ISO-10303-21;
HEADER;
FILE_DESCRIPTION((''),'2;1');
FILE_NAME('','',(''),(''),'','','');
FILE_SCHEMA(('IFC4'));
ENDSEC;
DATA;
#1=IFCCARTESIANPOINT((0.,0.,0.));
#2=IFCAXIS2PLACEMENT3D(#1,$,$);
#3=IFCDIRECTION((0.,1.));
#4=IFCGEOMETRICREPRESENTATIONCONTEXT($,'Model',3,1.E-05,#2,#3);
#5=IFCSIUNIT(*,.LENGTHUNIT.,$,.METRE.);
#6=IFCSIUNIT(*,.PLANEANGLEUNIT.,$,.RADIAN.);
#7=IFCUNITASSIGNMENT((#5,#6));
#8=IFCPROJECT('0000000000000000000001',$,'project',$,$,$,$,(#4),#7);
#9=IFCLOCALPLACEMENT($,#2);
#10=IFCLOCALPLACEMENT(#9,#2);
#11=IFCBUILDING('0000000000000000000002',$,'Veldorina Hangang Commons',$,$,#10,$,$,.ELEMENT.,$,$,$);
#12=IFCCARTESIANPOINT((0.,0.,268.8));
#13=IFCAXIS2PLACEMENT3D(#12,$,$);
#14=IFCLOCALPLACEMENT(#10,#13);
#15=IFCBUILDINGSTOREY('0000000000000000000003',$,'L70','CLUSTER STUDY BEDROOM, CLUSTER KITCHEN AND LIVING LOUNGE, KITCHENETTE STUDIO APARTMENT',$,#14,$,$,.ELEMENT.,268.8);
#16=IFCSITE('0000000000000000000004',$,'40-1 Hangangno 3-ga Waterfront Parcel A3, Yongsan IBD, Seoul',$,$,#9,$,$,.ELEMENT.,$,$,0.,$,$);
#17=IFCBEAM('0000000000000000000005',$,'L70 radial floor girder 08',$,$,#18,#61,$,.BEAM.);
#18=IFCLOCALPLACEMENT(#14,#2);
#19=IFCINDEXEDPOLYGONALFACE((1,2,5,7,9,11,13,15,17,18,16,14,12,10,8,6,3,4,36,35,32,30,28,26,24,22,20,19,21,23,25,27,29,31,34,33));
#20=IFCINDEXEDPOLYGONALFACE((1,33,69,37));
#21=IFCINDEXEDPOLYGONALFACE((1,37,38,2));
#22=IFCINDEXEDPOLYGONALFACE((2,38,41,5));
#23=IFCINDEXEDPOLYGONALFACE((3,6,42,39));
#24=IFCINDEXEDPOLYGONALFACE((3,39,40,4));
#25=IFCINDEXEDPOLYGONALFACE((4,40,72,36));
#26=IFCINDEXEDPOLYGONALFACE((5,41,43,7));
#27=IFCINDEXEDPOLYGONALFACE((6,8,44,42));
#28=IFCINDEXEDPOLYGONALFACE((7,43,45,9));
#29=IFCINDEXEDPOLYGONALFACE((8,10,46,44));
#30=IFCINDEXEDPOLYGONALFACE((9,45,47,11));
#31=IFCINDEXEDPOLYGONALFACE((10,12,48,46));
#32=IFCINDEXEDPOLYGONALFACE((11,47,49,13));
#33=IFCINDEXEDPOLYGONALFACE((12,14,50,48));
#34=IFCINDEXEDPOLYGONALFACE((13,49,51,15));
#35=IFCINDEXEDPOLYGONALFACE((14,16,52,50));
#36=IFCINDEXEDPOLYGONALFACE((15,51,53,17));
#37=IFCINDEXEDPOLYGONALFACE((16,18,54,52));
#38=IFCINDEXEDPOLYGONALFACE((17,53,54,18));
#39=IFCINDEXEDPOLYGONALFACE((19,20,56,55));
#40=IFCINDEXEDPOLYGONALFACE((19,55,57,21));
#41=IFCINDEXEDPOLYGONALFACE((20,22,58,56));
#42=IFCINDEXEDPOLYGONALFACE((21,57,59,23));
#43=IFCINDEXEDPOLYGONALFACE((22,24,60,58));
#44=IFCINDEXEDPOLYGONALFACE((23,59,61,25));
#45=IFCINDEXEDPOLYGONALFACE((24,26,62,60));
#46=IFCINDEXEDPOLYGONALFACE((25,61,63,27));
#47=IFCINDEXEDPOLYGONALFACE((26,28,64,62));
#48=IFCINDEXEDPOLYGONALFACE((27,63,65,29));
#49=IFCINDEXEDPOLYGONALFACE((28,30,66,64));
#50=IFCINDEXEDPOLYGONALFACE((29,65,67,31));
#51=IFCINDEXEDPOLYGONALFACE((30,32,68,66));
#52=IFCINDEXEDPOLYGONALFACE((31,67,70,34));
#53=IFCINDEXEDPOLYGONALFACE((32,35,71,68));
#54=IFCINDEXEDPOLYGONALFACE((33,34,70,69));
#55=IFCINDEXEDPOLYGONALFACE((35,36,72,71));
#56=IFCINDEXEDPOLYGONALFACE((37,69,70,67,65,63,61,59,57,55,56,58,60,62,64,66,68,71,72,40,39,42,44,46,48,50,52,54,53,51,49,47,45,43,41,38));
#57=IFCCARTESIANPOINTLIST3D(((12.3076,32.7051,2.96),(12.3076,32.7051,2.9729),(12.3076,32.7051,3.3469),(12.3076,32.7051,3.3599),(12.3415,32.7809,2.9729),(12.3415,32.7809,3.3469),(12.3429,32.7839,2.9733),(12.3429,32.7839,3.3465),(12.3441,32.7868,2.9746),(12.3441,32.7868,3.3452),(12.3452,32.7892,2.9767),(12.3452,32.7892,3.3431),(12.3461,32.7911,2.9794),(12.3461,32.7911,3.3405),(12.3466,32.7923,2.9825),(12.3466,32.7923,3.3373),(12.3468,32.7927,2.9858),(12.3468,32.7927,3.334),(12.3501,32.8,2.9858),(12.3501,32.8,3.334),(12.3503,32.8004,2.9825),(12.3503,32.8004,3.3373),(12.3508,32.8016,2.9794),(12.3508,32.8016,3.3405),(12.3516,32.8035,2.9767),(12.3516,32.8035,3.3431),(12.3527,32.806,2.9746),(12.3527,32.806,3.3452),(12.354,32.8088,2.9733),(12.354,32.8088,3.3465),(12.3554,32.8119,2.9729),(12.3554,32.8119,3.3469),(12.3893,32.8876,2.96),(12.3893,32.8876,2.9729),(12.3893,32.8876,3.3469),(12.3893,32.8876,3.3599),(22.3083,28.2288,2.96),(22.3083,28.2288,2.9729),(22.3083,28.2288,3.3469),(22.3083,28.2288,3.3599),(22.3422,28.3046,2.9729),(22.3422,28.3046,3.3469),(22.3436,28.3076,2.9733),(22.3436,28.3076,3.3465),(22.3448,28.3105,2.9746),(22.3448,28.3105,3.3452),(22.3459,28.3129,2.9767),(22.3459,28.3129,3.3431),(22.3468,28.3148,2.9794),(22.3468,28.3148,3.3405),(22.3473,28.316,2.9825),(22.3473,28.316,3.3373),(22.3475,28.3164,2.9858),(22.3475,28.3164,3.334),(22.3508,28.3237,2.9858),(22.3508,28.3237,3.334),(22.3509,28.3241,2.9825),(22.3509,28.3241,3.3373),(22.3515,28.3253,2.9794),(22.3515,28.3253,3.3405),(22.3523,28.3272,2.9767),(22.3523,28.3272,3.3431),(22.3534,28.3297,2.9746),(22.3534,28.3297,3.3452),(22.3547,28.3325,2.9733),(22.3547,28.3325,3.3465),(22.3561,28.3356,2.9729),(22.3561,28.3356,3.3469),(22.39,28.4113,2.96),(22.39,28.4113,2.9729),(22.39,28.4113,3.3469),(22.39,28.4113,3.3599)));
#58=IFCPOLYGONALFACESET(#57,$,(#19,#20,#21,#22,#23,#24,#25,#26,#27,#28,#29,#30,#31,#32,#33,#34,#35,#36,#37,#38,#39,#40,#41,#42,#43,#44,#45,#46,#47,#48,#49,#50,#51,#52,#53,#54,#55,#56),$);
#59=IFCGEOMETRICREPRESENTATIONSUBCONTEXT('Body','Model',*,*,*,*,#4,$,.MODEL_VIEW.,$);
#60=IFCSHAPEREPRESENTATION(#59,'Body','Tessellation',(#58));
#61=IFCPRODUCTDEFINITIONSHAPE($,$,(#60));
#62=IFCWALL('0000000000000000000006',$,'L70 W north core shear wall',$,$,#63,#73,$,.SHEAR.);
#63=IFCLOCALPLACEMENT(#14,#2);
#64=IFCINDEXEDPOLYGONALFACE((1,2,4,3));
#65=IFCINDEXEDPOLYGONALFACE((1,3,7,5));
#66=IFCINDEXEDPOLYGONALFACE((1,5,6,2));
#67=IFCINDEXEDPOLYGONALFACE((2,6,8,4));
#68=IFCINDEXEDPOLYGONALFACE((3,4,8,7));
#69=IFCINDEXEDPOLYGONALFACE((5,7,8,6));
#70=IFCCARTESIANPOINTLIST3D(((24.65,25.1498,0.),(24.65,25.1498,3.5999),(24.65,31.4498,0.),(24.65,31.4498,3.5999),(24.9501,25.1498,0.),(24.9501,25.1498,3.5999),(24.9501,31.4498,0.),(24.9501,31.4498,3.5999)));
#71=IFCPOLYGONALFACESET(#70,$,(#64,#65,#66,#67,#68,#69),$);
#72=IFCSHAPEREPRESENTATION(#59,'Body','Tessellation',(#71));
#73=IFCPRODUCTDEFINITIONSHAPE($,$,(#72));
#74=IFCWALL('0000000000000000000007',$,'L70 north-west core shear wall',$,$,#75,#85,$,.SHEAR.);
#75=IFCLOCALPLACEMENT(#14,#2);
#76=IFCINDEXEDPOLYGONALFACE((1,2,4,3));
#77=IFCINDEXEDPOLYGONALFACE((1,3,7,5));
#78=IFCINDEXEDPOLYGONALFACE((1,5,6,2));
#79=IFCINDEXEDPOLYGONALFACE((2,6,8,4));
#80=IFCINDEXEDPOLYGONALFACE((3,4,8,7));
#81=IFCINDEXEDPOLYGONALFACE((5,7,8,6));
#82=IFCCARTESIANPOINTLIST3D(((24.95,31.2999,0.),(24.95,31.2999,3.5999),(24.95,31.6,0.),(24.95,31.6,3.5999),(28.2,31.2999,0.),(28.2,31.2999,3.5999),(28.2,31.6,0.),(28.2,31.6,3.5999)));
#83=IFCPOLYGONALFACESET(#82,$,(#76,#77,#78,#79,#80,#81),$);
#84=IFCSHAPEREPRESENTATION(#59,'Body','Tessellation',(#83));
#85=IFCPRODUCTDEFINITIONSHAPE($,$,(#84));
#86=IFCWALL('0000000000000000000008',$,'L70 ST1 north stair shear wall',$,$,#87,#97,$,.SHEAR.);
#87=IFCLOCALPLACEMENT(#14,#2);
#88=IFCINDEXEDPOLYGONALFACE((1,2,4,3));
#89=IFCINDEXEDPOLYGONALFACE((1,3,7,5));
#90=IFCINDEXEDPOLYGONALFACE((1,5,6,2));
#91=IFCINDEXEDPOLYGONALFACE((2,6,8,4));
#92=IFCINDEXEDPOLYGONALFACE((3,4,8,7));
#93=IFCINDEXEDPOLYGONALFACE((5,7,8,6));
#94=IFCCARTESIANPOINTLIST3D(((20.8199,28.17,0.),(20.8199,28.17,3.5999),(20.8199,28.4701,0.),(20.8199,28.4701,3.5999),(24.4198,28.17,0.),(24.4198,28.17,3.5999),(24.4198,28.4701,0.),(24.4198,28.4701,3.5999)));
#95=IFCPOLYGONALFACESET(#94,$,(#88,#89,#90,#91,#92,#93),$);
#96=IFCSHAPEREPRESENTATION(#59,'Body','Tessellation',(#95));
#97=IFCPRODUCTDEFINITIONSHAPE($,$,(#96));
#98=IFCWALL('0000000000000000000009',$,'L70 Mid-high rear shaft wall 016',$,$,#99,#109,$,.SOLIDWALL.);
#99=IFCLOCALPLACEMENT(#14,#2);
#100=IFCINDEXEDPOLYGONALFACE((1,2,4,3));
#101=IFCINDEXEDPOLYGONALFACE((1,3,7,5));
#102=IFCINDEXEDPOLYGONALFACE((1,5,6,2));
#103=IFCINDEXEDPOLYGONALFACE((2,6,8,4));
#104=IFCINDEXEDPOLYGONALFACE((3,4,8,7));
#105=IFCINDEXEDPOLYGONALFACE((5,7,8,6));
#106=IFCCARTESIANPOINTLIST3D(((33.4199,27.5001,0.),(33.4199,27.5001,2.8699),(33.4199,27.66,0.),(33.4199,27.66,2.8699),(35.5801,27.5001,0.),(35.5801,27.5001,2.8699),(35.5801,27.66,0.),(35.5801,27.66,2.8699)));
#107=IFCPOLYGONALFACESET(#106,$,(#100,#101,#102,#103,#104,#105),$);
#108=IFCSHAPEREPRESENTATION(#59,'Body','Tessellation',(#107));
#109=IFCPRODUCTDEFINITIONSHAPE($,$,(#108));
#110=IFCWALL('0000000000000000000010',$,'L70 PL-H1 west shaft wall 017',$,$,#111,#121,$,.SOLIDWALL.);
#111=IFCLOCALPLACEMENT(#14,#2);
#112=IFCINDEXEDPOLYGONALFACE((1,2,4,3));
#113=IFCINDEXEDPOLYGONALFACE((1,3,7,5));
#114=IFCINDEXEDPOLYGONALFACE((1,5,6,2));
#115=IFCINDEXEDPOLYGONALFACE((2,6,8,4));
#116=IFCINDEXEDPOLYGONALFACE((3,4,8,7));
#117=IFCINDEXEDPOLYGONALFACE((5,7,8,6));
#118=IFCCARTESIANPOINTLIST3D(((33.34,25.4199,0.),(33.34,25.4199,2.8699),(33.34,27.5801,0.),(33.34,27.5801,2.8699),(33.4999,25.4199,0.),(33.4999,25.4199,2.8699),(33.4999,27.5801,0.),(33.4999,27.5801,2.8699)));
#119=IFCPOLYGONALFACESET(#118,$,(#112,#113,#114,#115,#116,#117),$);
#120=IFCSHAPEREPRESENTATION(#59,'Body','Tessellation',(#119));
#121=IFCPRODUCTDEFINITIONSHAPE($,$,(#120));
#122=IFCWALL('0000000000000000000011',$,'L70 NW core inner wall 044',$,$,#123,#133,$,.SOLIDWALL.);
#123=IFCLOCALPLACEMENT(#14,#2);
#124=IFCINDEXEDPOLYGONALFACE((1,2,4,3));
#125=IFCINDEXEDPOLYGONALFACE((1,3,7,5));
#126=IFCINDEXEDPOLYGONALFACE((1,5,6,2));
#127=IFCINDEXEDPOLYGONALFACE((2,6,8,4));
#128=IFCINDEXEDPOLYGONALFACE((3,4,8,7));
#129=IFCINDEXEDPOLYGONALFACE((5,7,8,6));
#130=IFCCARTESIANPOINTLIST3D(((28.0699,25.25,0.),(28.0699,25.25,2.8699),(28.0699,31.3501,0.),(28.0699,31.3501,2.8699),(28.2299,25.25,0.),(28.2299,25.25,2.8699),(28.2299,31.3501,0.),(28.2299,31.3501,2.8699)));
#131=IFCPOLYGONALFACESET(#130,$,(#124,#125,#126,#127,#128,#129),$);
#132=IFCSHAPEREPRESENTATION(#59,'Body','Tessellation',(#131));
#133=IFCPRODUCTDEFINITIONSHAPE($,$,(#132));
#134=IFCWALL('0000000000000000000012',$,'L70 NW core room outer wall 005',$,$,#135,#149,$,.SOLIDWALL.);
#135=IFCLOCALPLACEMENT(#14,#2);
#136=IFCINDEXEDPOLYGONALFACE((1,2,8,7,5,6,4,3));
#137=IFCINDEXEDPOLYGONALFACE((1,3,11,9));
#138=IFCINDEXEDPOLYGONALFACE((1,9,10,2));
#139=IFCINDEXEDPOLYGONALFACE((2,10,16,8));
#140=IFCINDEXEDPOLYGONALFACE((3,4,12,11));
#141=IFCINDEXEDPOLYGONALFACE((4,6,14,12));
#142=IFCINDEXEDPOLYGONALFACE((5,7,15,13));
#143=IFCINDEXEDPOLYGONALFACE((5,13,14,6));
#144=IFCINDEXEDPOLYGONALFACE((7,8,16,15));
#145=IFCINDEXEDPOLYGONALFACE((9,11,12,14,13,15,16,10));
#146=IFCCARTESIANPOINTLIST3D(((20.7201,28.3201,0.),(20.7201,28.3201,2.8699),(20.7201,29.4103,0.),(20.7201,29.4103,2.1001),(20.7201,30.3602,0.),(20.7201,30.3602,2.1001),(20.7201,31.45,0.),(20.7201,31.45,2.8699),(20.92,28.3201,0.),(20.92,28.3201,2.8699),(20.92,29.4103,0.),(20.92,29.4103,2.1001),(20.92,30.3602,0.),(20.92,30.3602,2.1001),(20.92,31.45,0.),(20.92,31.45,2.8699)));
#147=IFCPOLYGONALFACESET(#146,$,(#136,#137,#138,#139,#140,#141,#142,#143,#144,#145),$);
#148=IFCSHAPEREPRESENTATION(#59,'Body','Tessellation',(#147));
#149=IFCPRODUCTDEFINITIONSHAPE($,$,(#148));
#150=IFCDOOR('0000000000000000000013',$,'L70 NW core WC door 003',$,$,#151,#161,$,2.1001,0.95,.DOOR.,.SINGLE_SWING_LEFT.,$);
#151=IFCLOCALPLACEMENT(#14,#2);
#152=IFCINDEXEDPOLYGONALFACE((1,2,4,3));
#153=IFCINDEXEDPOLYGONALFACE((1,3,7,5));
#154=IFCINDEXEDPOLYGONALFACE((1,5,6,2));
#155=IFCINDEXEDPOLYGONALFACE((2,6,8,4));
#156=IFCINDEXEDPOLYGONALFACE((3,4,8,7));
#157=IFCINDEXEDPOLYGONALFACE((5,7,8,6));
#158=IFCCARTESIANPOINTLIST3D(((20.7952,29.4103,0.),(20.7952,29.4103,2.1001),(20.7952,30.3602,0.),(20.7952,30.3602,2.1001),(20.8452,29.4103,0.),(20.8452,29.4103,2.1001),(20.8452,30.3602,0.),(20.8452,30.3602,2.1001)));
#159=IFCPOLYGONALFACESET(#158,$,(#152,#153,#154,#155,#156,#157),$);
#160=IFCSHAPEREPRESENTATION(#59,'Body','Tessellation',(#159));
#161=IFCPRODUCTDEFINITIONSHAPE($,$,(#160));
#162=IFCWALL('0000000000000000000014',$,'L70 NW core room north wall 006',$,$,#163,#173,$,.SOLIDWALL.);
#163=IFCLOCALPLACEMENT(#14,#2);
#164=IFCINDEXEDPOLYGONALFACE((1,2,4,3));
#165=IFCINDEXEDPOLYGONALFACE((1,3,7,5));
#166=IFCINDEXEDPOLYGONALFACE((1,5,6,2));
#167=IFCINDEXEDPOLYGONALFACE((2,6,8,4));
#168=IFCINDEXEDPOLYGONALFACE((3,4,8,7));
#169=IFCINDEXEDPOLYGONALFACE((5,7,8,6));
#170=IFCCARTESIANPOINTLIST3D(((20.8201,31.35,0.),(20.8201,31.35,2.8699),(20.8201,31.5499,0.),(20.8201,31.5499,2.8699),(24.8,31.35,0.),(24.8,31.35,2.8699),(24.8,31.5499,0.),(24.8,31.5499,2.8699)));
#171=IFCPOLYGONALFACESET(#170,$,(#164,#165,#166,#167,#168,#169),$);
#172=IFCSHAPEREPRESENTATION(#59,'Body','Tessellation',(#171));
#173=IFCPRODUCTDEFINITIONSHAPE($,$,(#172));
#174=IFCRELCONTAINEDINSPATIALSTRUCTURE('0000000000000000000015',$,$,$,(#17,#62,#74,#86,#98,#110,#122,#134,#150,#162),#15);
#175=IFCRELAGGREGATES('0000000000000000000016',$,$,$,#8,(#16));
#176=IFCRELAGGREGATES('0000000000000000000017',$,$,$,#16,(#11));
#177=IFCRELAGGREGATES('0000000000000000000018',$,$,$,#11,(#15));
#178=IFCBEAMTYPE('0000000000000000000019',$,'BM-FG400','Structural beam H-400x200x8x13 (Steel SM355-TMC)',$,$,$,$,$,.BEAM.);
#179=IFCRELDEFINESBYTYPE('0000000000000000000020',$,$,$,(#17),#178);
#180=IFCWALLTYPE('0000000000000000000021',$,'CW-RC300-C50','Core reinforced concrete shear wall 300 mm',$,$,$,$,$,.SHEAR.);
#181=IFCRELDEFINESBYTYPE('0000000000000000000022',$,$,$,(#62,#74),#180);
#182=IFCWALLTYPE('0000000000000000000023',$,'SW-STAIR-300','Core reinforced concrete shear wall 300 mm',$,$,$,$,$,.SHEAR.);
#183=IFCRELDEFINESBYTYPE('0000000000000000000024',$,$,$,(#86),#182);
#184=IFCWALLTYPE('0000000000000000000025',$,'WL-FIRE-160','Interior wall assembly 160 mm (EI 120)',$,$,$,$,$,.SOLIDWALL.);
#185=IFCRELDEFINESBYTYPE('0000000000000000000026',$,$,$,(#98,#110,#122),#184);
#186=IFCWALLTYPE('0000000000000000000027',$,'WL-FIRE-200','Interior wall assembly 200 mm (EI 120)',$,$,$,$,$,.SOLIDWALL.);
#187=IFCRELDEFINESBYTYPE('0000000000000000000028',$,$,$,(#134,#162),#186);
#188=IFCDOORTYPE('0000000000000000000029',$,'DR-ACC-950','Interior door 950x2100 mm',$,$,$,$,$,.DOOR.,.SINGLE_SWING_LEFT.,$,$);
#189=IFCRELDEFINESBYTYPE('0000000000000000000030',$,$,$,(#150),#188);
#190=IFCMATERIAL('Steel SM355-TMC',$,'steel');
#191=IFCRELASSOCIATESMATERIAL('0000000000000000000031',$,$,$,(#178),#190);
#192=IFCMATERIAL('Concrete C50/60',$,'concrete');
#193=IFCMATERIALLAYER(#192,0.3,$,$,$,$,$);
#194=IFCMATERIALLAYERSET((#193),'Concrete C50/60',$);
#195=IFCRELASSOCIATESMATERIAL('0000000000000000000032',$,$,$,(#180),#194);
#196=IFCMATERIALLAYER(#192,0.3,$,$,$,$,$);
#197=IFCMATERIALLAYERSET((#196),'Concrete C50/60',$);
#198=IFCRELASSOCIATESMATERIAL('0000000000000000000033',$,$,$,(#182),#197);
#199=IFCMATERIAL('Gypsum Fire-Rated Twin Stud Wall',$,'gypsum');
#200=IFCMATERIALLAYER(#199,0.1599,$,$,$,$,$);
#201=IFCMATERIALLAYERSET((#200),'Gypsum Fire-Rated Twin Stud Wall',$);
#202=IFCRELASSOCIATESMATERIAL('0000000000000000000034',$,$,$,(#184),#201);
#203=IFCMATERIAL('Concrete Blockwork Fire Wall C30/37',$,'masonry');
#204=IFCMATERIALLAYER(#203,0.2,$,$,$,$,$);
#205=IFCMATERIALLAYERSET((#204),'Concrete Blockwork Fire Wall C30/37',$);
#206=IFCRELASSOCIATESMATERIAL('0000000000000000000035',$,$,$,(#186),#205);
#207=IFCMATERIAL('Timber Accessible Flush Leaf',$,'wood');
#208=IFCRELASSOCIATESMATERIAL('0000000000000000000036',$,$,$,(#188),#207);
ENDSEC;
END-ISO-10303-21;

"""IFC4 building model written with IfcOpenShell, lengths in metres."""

from ifc_helpers import new_model, si_unit, direction, frame, frame_2d, origin, origin_2d, place, context, subcontext, project, spatial, rectangle, i_section, extrude, material, layer, layer_set, material_profile, profile_set, type_object, element, fill, save


model = new_model("IFC4")

# Units and contexts
model_context = context("Model", 3, precision=1e-05, world=origin(), true_north=direction((0.0, 1.0)))
body_context = subcontext(model_context, "Body", "Model", "MODEL_VIEW")
ifc_project = project(units=[si_unit("LENGTHUNIT", "METRE"), si_unit("PLANEANGLEUNIT", "RADIAN")], contexts=[model_context])

# Site, building, storey
site_placement = place(None, origin())
site = spatial("IfcSite", under=ifc_project, at=site_placement, Name="40-1 Hangangno 3-ga Waterfront Parcel A3, Yongsan IBD, Seoul", CompositionType="ELEMENT", RefElevation=0.0)
building_placement = place(site_placement, origin())
building = spatial("IfcBuilding", under=site, at=building_placement, Name="Veldorina Hangang Commons", CompositionType="ELEMENT")
storey_placement = place(building_placement, frame((0.0, 0.0, 268.8)))
storey = spatial("IfcBuildingStorey", under=building, at=storey_placement, Name="L70", Description="CLUSTER STUDY BEDROOM, CLUSTER KITCHEN AND LIVING LOUNGE, KITCHENETTE STUDIO APARTMENT", CompositionType="ELEMENT", Elevation=268.8)

# Beam
ifc_material_1 = material(Name="Concrete C50/60", Category="concrete")
ifc_material_2 = material(Name="Steel SM355-TMC", Category="steel")
ifc_material_profile_1 = material_profile(ifc_material_2, i_section(OverallWidth=0.2, OverallDepth=0.3999, WebThickness=0.0081, FlangeThickness=0.0129, FilletRadius=0.0129, at=origin_2d()), Name="H-400x200x8x13")
ifc_profile_set_1 = profile_set([ifc_material_profile_1], Name="Steel SM355-TMC")
beam_type_1 = type_object("IfcBeamType", Name="BM-FG400", Description="Structural beam H-400x200x8x13 (Steel SM355-TMC)", PredefinedType="BEAM", material=ifc_profile_set_1)
beam_1_placement = place(storey_placement, frame((22.3491, 28.3201, 3.1599), z_axis=(-0.91274, 0.408541, 0.0), x_axis=(-0.408541, -0.91274, 0.0)))
element("IfcBeam", 1, at=beam_1_placement, inside=storey, type_object=beam_type_1, Name="L70 radial floor girder 08", PredefinedType="BEAM", context=body_context, shape_type="SweptSolid", body=[
    extrude(i_section(OverallWidth=0.2, OverallDepth=0.3999, WebThickness=0.0081, FlangeThickness=0.0129, FilletRadius=0.0129, at=origin_2d()), origin(), (0.0, 0.0, 1.0), 10.9568),
])

# Walls
ifc_layer_1 = layer(ifc_material_1, 0.3)
ifc_layer_set_1 = layer_set([ifc_layer_1], Name="Concrete C50/60")
wall_type_1 = type_object("IfcWallType", Name="CW-RC300-C50", Description="Core reinforced concrete shear wall 300 mm", PredefinedType="SHEAR", material=ifc_layer_set_1)
wall_1_placement = place(storey_placement, frame((24.8, 25.1499, 0.0), z_axis=(0.0, 0.0, 1.0), x_axis=(0.0, 1.0, 0.0)))
element("IfcWall", 2, at=wall_1_placement, inside=storey, type_object=wall_type_1, Name="L70 W north core shear wall", PredefinedType="SHEAR", context=body_context, shape_type="SweptSolid", body=[
    extrude(rectangle(XDim=6.3, YDim=0.3, at=frame_2d((3.1499, 0.0))), origin(), (0.0, 0.0, 1.0), 3.5999),
])
wall_2_placement = place(storey_placement, frame((24.95, 31.45, 0.0), z_axis=(0.0, 0.0, 1.0), x_axis=(1.0, 0.0, 0.0)))
element("IfcWall", 3, at=wall_2_placement, inside=storey, type_object=wall_type_1, Name="L70 north-west core shear wall", PredefinedType="SHEAR", context=body_context, shape_type="SweptSolid", body=[
    extrude(rectangle(XDim=3.25, YDim=0.3, at=frame_2d((1.625, 0.0))), origin(), (0.0, 0.0, 1.0), 3.5999),
])
ifc_layer_2 = layer(ifc_material_1, 0.3)
ifc_layer_set_2 = layer_set([ifc_layer_2], Name="Concrete C50/60")
wall_type_2 = type_object("IfcWallType", Name="SW-STAIR-300", Description="Core reinforced concrete shear wall 300 mm", PredefinedType="SHEAR", material=ifc_layer_set_2)
wall_3_placement = place(storey_placement, frame((20.8201, 28.3201, 0.0), z_axis=(0.0, 0.0, 1.0), x_axis=(1.0, 0.0, 0.0)))
element("IfcWall", 4, at=wall_3_placement, inside=storey, type_object=wall_type_2, Name="L70 ST1 north stair shear wall", PredefinedType="SHEAR", context=body_context, shape_type="SweptSolid", body=[
    extrude(rectangle(XDim=3.5999, YDim=0.3, at=frame_2d((1.7998, 0.0))), origin(), (0.0, 0.0, 1.0), 3.5999),
])

# Shared definitions
ifc_material_3 = material(Name="Gypsum Fire-Rated Twin Stud Wall", Category="gypsum")
ifc_layer_3 = layer(ifc_material_3, 0.1599)
ifc_layer_set_3 = layer_set([ifc_layer_3], Name="Gypsum Fire-Rated Twin Stud Wall")
wall_type_3 = type_object("IfcWallType", Name="WL-FIRE-160", Description="Interior wall assembly 160 mm (EI 120)", PredefinedType="SOLIDWALL", material=ifc_layer_set_3)

# Walls
for number, where, z_axis, x_axis, name in (
    (5, (33.4199, 27.5801, 0.0), (0.0, 0.0, 1.0), (1.0, 0.0, 0.0), "L70 Mid-high rear shaft wall 016"),
    (6, (33.4199, 25.4199, 0.0), (0.0, 0.0, 1.0), (0.0, 1.0, 0.0), "L70 PL-H1 west shaft wall 017"),
):
    element("IfcWall", number, at=place(storey_placement, frame(where, z_axis=z_axis, x_axis=x_axis)), inside=storey, type_object=wall_type_3, Name=name, PredefinedType="SOLIDWALL", context=body_context, shape_type="SweptSolid", body=[
        extrude(rectangle(XDim=2.1602, YDim=0.1599, at=frame_2d((1.0801, 0.0))), origin(), (0.0, 0.0, 1.0), 2.8699),
    ])
wall_4_placement = place(storey_placement, frame((28.1499, 25.25, 0.0), z_axis=(0.0, 0.0, 1.0), x_axis=(0.0, 1.0, 0.0)))
element("IfcWall", 7, at=wall_4_placement, inside=storey, type_object=wall_type_3, Name="L70 NW core inner wall 044", PredefinedType="SOLIDWALL", context=body_context, shape_type="SweptSolid", body=[
    extrude(rectangle(XDim=6.1001, YDim=0.1599, at=frame_2d((3.05, 0.0))), origin(), (0.0, 0.0, 1.0), 2.8699),
])

# Wall, opening, door
ifc_material_4 = material(Name="Concrete Blockwork Fire Wall C30/37", Category="masonry")
ifc_layer_4 = layer(ifc_material_4, 0.2)
ifc_layer_set_4 = layer_set([ifc_layer_4], Name="Concrete Blockwork Fire Wall C30/37")
wall_type_4 = type_object("IfcWallType", Name="WL-FIRE-200", Description="Interior wall assembly 200 mm (EI 120)", PredefinedType="SOLIDWALL", material=ifc_layer_set_4)
wall_5_placement = place(storey_placement, frame((20.8201, 28.3201, 0.0), z_axis=(0.0, 0.0, 1.0), x_axis=(0.0, 1.0, 0.0)))
wall_5 = element("IfcWall", 8, at=wall_5_placement, inside=storey, type_object=wall_type_4, Name="L70 NW core room outer wall 005", PredefinedType="SOLIDWALL", context=body_context, shape_type="SweptSolid", body=[
    extrude(rectangle(XDim=3.1299, YDim=0.2, at=frame_2d((1.5649, 0.0))), origin(), (0.0, 0.0, 1.0), 2.8699),
])
opening_1_placement = place(wall_5_placement, frame((1.0901, 0.0, 0.0)))
opening_1 = element("IfcOpeningElement", 9, at=opening_1_placement, cuts=wall_5, PredefinedType="OPENING", context=body_context, shape_type="SweptSolid", body=[
    extrude(rectangle(XDim=0.95, YDim=2.1001, at=frame_2d((0.4751, 1.05))), frame((0.0, 0.1099, 0.0), z_axis=(0.0, -1.0, 0.0), x_axis=(1.0, 0.0, 0.0)), (0.0, 0.0, 1.0), 0.22),
])
ifc_material_5 = material(Name="Timber Accessible Flush Leaf", Category="wood")
door_type_1 = type_object("IfcDoorType", Name="DR-ACC-950", Description="Interior door 950x2100 mm", OperationType="SINGLE_SWING_LEFT", PredefinedType="DOOR", material=ifc_material_5)
door_1_placement = place(opening_1_placement, origin())
door_1 = element("IfcDoor", 10, at=door_1_placement, inside=storey, type_object=door_type_1, Name="L70 NW core WC door 003", OperationType="SINGLE_SWING_LEFT", OverallHeight=2.1001, OverallWidth=0.95, PredefinedType="DOOR", context=body_context, shape_type="SweptSolid", body=[
    extrude(rectangle(XDim=0.95, YDim=2.1001, at=frame_2d((0.4751, 1.05))), frame((0.0, 0.0249, 0.0), z_axis=(0.0, -1.0, 0.0), x_axis=(1.0, 0.0, 0.0)), (0.0, 0.0, 1.0), 0.05),
])
fill(opening_1, door_1)

# Wall
wall_6_placement = place(storey_placement, frame((20.8201, 31.45, 0.0), z_axis=(0.0, 0.0, 1.0), x_axis=(1.0, 0.0, 0.0)))
element("IfcWall", 11, at=wall_6_placement, inside=storey, type_object=wall_type_4, Name="L70 NW core room north wall 006", PredefinedType="SOLIDWALL", context=body_context, shape_type="SweptSolid", body=[
    extrude(rectangle(XDim=3.98, YDim=0.2, at=frame_2d((1.99, 0.0))), origin(), (0.0, 0.0, 1.0), 2.8699),
])

save(model, "model.ifc")
